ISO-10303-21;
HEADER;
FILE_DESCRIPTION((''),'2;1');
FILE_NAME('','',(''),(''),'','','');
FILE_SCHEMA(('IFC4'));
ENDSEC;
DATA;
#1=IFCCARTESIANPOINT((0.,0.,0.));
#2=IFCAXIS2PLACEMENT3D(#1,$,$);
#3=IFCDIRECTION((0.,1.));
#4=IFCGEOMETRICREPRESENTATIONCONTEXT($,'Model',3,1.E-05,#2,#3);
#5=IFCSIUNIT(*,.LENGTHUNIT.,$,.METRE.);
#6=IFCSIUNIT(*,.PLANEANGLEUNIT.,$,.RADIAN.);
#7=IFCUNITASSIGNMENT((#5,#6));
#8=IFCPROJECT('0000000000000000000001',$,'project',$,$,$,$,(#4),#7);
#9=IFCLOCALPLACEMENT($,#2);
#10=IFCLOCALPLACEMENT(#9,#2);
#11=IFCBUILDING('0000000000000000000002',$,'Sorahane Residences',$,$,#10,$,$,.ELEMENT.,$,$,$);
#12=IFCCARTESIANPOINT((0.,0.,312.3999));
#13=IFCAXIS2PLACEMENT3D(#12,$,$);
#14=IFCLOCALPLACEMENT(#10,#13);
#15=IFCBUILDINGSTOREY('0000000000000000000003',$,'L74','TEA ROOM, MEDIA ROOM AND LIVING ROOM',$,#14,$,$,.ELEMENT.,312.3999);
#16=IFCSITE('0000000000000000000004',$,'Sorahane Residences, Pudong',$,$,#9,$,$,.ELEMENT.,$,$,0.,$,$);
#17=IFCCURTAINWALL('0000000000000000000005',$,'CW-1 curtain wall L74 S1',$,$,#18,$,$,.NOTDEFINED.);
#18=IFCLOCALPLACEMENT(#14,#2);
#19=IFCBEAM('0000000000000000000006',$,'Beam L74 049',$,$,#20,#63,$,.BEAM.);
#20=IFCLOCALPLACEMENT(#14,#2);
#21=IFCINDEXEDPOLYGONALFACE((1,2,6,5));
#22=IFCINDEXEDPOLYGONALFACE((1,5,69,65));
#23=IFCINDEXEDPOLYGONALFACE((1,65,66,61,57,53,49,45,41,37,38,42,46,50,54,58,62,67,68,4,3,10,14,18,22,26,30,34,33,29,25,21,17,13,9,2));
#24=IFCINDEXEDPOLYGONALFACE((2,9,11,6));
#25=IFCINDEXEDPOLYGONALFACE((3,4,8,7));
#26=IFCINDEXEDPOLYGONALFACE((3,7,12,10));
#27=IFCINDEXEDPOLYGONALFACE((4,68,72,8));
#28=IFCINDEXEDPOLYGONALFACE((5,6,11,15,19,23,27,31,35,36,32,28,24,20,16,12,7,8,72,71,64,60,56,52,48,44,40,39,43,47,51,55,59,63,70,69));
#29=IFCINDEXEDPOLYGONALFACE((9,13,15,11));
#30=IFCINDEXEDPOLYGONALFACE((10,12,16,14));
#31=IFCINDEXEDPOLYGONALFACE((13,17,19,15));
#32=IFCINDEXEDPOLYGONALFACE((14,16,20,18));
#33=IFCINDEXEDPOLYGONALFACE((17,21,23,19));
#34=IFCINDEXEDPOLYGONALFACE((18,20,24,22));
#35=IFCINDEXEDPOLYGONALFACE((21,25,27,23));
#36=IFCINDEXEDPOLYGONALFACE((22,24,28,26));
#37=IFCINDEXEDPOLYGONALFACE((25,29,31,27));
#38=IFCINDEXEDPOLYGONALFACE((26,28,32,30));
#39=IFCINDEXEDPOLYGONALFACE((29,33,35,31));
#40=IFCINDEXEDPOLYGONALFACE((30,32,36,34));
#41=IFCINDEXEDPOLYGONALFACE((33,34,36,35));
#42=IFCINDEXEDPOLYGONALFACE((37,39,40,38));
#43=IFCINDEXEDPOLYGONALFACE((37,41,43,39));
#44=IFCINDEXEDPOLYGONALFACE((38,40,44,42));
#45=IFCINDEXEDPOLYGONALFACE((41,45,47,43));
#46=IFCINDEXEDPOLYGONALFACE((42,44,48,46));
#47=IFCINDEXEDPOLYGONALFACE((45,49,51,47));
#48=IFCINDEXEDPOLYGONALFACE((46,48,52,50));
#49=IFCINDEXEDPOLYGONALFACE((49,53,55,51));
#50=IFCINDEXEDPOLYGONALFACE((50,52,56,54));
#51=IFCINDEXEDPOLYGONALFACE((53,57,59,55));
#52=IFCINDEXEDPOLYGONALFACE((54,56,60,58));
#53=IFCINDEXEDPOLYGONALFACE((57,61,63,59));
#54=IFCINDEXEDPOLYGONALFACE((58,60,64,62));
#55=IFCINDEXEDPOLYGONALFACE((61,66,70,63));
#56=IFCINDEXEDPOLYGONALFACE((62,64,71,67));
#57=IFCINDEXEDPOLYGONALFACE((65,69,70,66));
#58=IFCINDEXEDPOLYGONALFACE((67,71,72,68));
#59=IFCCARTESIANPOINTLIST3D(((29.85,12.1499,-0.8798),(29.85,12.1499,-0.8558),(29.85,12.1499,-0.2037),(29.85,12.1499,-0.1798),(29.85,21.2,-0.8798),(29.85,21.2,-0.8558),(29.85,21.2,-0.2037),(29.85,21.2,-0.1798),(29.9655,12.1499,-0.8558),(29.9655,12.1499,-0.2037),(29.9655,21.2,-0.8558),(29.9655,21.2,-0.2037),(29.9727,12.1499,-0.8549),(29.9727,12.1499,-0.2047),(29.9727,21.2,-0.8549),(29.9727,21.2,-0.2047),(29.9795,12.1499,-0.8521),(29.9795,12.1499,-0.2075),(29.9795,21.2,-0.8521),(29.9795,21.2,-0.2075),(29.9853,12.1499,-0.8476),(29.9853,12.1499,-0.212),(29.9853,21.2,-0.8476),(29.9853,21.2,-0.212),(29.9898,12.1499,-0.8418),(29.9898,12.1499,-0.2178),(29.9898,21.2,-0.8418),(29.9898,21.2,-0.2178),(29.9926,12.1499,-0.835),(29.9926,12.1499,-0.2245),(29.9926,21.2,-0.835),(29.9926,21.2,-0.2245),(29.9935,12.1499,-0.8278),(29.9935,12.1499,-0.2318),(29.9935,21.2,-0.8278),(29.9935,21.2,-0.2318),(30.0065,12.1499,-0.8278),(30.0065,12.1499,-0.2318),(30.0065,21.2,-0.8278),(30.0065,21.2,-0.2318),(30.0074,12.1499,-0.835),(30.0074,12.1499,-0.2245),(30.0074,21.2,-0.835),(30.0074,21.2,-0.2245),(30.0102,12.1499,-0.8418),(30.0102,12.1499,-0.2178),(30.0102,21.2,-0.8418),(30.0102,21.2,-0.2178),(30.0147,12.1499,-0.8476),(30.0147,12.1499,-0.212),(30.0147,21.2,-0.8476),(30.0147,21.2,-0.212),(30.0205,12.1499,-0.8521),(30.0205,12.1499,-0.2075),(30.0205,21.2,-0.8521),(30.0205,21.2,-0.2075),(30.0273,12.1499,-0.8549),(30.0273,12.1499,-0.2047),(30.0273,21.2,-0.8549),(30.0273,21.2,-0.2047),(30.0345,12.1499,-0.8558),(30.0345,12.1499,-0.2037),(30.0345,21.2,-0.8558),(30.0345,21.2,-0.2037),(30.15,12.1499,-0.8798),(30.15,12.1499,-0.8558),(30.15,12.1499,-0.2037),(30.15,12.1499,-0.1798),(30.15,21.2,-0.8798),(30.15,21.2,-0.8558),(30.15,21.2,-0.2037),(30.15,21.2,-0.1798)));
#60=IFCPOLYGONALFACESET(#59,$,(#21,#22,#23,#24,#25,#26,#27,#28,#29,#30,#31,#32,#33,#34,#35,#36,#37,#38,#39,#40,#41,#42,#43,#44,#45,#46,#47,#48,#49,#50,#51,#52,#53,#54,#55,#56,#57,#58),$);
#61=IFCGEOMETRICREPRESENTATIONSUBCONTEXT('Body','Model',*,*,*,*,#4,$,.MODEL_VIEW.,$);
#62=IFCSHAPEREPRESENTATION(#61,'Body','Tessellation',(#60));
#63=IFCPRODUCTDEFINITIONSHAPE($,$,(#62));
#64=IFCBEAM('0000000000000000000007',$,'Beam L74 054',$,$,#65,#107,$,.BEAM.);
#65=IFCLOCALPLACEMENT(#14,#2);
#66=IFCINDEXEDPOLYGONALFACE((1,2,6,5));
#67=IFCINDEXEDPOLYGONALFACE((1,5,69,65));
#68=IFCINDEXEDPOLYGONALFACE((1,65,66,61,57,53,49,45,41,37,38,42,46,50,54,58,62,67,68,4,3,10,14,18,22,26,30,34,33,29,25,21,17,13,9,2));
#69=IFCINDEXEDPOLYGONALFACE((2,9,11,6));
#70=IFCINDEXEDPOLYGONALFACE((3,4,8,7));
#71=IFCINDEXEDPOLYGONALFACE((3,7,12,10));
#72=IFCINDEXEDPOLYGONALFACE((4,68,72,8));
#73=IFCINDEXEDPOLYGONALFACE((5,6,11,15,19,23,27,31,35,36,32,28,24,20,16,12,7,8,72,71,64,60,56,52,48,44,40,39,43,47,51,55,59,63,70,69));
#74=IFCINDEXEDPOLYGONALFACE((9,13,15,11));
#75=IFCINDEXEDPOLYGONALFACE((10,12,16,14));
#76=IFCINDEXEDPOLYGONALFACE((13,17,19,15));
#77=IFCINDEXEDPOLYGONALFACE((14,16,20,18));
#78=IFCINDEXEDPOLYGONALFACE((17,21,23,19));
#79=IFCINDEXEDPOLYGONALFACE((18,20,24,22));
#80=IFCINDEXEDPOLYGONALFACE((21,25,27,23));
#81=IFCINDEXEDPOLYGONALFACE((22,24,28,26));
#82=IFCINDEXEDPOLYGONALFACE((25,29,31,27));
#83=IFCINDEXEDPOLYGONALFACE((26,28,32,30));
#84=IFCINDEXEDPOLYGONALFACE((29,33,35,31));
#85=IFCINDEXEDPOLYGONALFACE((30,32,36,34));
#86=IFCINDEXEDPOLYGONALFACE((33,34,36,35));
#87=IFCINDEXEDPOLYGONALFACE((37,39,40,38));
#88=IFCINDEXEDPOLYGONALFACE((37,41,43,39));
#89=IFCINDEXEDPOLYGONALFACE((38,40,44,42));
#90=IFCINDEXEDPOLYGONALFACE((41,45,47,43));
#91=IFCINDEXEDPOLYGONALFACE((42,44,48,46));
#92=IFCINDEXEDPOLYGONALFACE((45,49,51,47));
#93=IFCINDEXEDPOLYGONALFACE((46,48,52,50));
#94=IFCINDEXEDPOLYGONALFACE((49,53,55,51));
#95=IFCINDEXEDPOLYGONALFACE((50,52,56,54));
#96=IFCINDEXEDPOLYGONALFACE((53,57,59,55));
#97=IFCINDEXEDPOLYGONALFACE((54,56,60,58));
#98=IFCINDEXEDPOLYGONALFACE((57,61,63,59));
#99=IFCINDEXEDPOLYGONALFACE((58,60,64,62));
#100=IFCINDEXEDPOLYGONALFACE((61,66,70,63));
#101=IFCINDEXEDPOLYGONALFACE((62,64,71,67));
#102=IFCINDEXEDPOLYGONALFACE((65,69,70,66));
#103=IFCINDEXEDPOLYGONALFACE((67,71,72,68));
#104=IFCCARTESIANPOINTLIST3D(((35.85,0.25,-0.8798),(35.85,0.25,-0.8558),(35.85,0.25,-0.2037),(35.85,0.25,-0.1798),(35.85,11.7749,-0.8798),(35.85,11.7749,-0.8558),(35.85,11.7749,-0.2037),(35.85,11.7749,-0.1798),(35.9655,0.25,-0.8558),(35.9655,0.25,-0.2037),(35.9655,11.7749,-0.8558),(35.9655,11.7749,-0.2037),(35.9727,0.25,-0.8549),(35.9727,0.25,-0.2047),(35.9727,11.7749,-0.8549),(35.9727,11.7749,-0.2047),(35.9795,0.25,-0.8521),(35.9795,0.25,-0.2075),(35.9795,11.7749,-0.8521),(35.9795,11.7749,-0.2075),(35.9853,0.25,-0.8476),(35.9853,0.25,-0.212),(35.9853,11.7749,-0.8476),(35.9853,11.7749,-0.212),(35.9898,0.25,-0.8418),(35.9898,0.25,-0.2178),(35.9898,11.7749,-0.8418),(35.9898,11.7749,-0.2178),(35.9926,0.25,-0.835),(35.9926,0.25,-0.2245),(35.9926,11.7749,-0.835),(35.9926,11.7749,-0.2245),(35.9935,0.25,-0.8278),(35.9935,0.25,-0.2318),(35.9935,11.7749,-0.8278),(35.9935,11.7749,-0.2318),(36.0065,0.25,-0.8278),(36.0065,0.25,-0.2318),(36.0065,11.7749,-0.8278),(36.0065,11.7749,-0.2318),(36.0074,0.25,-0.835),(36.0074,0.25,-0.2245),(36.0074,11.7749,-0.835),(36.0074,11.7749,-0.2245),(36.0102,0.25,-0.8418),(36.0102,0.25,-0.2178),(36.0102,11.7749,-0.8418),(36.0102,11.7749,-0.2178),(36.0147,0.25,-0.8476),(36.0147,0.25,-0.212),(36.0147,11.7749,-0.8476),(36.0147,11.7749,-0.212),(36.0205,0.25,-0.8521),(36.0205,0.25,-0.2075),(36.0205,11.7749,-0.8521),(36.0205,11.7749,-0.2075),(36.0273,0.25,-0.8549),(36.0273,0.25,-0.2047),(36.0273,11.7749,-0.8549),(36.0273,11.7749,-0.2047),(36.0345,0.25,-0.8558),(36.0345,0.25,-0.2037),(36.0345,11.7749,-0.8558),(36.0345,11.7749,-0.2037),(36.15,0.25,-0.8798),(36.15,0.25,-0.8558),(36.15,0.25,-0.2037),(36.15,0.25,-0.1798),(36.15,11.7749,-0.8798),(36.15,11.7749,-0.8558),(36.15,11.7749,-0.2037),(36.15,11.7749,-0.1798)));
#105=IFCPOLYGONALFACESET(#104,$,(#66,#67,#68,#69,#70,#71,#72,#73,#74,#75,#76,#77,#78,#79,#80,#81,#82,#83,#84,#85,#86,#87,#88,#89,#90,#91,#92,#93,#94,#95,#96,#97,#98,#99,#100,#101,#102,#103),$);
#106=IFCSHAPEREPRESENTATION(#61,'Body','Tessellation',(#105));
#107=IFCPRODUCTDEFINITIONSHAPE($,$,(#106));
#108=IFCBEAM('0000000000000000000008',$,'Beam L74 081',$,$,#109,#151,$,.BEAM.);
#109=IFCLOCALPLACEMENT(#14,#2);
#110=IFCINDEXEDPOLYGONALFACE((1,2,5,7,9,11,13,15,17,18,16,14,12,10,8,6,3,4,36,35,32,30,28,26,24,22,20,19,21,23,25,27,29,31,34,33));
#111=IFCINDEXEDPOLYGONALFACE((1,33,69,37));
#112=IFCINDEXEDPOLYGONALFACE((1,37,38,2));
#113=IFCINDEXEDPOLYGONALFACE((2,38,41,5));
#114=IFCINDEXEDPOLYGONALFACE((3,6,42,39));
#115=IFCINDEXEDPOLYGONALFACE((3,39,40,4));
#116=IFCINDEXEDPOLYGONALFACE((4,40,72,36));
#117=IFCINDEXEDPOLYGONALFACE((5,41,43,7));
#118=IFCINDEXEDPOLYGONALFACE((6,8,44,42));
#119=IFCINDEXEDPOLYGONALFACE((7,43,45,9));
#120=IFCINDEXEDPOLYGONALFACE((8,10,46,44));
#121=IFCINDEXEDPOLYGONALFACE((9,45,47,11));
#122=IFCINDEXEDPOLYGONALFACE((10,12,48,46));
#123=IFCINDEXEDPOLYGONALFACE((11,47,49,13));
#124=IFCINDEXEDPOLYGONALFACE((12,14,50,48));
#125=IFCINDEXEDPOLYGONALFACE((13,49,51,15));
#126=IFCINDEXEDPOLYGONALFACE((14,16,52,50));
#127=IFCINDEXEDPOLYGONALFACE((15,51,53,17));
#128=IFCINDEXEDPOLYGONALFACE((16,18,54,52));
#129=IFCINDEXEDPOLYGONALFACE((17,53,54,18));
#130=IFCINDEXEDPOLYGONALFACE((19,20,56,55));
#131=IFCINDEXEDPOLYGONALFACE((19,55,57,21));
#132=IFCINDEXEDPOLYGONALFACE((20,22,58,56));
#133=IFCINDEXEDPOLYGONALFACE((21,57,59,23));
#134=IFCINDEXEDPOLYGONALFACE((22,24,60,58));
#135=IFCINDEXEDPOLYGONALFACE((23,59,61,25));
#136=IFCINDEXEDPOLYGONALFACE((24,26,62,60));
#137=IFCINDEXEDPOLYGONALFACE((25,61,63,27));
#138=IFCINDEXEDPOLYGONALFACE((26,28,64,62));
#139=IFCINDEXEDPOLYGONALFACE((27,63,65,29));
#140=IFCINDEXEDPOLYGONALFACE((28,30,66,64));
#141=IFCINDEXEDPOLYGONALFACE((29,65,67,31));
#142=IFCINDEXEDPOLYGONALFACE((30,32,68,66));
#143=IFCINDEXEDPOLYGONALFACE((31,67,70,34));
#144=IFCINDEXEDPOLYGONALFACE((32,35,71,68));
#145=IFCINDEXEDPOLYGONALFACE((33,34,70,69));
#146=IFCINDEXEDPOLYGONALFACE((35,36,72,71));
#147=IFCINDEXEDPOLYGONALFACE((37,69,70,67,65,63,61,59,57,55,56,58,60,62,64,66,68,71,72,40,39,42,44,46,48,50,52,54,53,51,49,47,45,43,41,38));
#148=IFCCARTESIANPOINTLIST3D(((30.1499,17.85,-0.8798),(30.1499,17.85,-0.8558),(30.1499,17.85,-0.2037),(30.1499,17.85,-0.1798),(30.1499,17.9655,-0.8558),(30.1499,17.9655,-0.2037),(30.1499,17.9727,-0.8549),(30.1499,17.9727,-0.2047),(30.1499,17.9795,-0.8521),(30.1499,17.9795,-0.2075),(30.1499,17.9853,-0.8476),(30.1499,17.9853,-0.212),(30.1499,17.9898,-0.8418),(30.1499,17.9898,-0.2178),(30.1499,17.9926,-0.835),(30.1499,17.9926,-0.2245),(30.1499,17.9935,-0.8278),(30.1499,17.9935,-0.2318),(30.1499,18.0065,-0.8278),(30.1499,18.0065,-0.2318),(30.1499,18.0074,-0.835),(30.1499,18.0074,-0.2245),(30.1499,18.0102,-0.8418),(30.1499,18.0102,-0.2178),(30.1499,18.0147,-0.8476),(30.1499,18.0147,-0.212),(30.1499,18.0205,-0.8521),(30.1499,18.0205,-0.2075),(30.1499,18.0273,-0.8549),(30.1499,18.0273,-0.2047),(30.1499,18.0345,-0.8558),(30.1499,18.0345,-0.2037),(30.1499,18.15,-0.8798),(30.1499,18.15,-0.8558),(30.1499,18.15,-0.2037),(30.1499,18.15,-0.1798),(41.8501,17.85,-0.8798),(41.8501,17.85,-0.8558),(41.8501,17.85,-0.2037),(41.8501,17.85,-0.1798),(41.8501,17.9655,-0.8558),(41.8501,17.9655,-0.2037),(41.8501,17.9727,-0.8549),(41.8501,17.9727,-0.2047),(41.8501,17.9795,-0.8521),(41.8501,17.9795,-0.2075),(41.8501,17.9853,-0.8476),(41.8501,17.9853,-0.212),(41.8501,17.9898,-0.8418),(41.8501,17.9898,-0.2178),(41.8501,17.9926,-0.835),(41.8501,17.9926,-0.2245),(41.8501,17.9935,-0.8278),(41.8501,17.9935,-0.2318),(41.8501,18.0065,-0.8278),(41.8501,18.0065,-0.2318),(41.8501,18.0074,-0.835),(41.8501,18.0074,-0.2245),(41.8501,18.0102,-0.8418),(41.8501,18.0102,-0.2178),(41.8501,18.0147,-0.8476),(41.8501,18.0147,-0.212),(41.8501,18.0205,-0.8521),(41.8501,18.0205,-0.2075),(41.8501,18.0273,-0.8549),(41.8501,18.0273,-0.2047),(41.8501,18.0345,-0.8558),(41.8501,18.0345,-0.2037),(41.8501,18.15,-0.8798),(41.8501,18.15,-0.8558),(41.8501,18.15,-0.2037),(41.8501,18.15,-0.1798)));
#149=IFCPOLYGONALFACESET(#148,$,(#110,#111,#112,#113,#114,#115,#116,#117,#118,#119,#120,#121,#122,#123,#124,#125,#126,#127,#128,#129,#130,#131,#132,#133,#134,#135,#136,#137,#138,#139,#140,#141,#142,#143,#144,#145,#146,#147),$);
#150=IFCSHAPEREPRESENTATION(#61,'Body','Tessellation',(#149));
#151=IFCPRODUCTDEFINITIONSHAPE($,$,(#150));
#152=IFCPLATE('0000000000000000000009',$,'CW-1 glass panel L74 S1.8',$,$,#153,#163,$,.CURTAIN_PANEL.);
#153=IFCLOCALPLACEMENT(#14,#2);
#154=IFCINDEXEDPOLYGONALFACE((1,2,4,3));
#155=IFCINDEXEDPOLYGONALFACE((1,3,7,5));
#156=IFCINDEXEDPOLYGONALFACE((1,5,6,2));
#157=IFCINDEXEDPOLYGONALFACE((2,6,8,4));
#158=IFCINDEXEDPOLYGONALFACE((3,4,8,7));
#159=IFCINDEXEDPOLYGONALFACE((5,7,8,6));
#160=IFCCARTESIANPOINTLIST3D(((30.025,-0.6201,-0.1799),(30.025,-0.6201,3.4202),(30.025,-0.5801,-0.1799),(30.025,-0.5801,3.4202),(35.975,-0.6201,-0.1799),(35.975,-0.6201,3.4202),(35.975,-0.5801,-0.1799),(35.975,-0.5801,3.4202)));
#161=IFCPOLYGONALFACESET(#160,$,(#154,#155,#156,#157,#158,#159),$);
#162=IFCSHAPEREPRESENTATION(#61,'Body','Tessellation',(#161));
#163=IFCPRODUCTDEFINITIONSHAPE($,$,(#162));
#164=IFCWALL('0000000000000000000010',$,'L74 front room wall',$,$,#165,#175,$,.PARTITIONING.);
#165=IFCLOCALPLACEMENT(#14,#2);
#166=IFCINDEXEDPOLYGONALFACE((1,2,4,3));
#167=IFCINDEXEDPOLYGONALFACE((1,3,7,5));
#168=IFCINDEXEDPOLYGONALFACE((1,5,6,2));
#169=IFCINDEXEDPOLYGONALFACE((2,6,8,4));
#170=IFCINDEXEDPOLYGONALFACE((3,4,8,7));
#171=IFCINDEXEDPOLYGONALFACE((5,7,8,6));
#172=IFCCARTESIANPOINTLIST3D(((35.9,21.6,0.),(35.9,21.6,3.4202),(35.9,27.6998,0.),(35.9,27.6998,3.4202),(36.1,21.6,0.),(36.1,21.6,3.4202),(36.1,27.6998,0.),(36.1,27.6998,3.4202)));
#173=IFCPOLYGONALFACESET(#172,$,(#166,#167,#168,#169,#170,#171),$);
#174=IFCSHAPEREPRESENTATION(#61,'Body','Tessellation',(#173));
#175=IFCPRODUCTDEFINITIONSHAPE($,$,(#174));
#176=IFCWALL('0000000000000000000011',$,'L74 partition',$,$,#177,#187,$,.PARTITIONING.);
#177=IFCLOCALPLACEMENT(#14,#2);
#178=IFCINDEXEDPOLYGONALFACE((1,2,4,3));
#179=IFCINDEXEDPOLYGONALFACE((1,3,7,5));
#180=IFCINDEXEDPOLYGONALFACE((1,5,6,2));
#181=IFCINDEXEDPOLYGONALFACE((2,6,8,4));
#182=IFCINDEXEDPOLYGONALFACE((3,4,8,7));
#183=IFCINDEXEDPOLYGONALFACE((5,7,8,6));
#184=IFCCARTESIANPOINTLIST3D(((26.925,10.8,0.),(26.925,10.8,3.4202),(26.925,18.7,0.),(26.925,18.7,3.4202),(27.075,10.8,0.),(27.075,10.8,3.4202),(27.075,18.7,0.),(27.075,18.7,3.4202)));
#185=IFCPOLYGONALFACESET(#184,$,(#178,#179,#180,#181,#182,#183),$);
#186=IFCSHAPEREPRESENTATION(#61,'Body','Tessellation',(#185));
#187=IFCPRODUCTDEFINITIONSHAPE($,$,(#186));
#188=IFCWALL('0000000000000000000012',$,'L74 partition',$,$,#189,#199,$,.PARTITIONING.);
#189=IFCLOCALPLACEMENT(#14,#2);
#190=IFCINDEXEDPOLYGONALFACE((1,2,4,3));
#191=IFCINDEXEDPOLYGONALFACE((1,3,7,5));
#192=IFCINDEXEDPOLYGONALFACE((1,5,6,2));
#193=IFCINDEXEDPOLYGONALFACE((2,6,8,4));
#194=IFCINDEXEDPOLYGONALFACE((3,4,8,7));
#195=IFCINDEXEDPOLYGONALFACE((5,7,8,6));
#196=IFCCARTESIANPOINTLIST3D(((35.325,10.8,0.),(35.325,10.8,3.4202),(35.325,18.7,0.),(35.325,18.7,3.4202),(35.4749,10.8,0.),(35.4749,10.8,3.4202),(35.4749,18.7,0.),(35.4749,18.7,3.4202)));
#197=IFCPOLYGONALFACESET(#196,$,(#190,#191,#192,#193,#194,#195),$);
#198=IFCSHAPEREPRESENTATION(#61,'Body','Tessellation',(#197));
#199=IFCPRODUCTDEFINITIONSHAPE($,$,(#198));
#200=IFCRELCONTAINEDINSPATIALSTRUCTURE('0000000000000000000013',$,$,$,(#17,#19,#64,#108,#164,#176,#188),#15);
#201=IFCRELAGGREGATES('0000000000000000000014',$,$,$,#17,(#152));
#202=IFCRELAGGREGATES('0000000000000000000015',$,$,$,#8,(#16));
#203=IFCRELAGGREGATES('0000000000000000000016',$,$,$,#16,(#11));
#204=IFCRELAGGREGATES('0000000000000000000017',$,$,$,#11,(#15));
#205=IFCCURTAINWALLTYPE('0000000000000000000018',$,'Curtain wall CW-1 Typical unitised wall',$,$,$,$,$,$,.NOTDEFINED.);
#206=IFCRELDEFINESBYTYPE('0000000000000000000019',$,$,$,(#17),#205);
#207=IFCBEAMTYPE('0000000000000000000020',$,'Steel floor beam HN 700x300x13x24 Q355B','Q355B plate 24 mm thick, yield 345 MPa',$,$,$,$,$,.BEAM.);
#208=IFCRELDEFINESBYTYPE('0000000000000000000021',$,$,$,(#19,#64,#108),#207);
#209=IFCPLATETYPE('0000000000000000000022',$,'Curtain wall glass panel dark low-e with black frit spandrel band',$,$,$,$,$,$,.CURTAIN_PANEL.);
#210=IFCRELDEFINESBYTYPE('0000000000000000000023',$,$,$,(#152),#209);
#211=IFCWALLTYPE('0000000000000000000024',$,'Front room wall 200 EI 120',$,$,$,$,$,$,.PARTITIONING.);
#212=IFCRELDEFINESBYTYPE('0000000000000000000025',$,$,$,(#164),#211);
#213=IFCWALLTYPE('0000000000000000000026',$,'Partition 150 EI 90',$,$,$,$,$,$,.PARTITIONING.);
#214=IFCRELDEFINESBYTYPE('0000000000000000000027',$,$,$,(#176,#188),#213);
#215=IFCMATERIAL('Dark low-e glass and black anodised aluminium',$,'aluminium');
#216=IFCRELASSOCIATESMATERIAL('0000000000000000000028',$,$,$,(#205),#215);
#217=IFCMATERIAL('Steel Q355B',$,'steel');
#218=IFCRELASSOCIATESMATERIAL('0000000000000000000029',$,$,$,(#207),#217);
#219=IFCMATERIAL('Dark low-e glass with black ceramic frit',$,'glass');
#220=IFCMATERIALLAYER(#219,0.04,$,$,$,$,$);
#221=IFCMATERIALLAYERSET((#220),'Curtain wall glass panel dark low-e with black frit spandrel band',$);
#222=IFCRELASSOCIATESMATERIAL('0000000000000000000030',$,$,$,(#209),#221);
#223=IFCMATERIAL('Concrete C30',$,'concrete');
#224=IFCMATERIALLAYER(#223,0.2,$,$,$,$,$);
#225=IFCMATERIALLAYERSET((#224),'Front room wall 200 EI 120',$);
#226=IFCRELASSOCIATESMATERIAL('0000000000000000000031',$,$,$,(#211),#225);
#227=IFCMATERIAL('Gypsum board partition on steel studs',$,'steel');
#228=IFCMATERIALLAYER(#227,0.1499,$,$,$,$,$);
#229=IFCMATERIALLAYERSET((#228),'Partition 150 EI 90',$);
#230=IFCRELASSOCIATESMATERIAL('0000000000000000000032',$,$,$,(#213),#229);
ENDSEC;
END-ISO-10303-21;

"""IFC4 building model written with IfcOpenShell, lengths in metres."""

from ifc_helpers import new_model, si_unit, direction, frame, frame_2d, origin, origin_2d, place, context, subcontext, project, spatial, rectangle, i_section, extrude, material, layer, layer_set, material_profile, profile_set, type_object, element, aggregate, save


model = new_model("IFC4")

# Units and contexts
model_context = context("Model", 3, precision=1e-05, world=origin(), true_north=direction((0.0, 1.0)))
body_context = subcontext(model_context, "Body", "Model", "MODEL_VIEW")
ifc_project = project(units=[si_unit("LENGTHUNIT", "METRE"), si_unit("PLANEANGLEUNIT", "RADIAN")], contexts=[model_context])

# Site, building, storey
site_placement = place(None, origin())
site = spatial("IfcSite", under=ifc_project, at=site_placement, Name="Sorahane Residences, Pudong", CompositionType="ELEMENT", RefElevation=0.0)
building_placement = place(site_placement, origin())
building = spatial("IfcBuilding", under=site, at=building_placement, Name="Sorahane Residences", CompositionType="ELEMENT")
storey_placement = place(building_placement, frame((0.0, 0.0, 312.3999)))
storey = spatial("IfcBuildingStorey", under=building, at=storey_placement, Name="L74", Description="TEA ROOM, MEDIA ROOM AND LIVING ROOM", CompositionType="ELEMENT", Elevation=312.3999)

# Curtain wall
ifc_material_1 = material(Name="Dark low-e glass and black anodised aluminium", Category="aluminium")
curtain_wall_type = type_object("IfcCurtainWallType", Name="Curtain wall CW-1 Typical unitised wall", PredefinedType="NOTDEFINED", material=ifc_material_1)
curtain_wall_placement = place(storey_placement, origin())
curtain_wall = element("IfcCurtainWall", 1, at=curtain_wall_placement, inside=storey, type_object=curtain_wall_type, Name="CW-1 curtain wall L74 S1", PredefinedType="NOTDEFINED")

# Beams
ifc_material_2 = material(Name="Steel Q355B", Category="steel")
ifc_material_profile_1 = material_profile(ifc_material_2, i_section(OverallWidth=0.3, OverallDepth=0.7, WebThickness=0.0129, FlangeThickness=0.0239, FilletRadius=0.0281, at=origin_2d()), Name="HN 700x300x13x24")
ifc_profile_set_1 = profile_set([ifc_material_profile_1], Name="Steel Q355B")
beam_type_1 = type_object("IfcBeamType", Name="Steel floor beam HN 700x300x13x24 Q355B", Description="Q355B plate 24 mm thick, yield 345 MPa", PredefinedType="BEAM", material=ifc_profile_set_1)
beam_1_placement = place(storey_placement, frame((30.0, 12.1499, -0.5298), z_axis=(0.0, 1.0, 0.0), x_axis=(-1.0, 0.0, 0.0)))
element("IfcBeam", 2, at=beam_1_placement, inside=storey, type_object=beam_type_1, Name="Beam L74 049", PredefinedType="BEAM", context=body_context, shape_type="SweptSolid", body=[
    extrude(i_section(OverallWidth=0.3, OverallDepth=0.7, WebThickness=0.0129, FlangeThickness=0.0239, FilletRadius=0.0281, at=origin_2d()), origin(), (0.0, 0.0, 1.0), 9.05),
])
beam_2_placement = place(storey_placement, frame((36.0, 0.25, -0.5298), z_axis=(0.0, 1.0, 0.0), x_axis=(-1.0, 0.0, 0.0)))
element("IfcBeam", 3, at=beam_2_placement, inside=storey, type_object=beam_type_1, Name="Beam L74 054", PredefinedType="BEAM", context=body_context, shape_type="SweptSolid", body=[
    extrude(i_section(OverallWidth=0.3, OverallDepth=0.7, WebThickness=0.0129, FlangeThickness=0.0239, FilletRadius=0.0281, at=origin_2d()), origin(), (0.0, 0.0, 1.0), 11.5249),
])
beam_3_placement = place(storey_placement, frame((30.1499, 18.0, -0.5298), z_axis=(1.0, 0.0, 0.0), x_axis=(0.0, 1.0, 0.0)))
element("IfcBeam", 4, at=beam_3_placement, inside=storey, type_object=beam_type_1, Name="Beam L74 081", PredefinedType="BEAM", context=body_context, shape_type="SweptSolid", body=[
    extrude(i_section(OverallWidth=0.3, OverallDepth=0.7, WebThickness=0.0129, FlangeThickness=0.0239, FilletRadius=0.0281, at=origin_2d()), origin(), (0.0, 0.0, 1.0), 11.7002),
])

# Plate
ifc_material_3 = material(Name="Dark low-e glass with black ceramic frit", Category="glass")
ifc_layer_1 = layer(ifc_material_3, 0.04)
ifc_layer_set_1 = layer_set([ifc_layer_1], Name="Curtain wall glass panel dark low-e with black frit spandrel band")
plate_type = type_object("IfcPlateType", Name="Curtain wall glass panel dark low-e with black frit spandrel band", PredefinedType="CURTAIN_PANEL", material=ifc_layer_set_1)
plate_placement = place(storey_placement, frame((33.0, -0.6001, -0.1799), z_axis=(0.0, 0.0, 1.0), x_axis=(1.0, 0.0, 0.0)))
plate = element("IfcPlate", 5, at=plate_placement, type_object=plate_type, Name="CW-1 glass panel L74 S1.8", PredefinedType="CURTAIN_PANEL", context=body_context, shape_type="SweptSolid", body=[
    extrude(rectangle(XDim=5.95, YDim=0.04, at=origin_2d()), origin(), (0.0, 0.0, 1.0), 3.6001),
])
aggregate(curtain_wall, [plate])

# Walls
ifc_material_4 = material(Name="Concrete C30", Category="concrete")
ifc_layer_2 = layer(ifc_material_4, 0.2)
ifc_layer_set_2 = layer_set([ifc_layer_2], Name="Front room wall 200 EI 120")
wall_type_1 = type_object("IfcWallType", Name="Front room wall 200 EI 120", PredefinedType="PARTITIONING", material=ifc_layer_set_2)
wall_1_placement = place(storey_placement, frame((36.0, 21.6001, 0.0), z_axis=(0.0, 0.0, 1.0), x_axis=(0.0, 1.0, 0.0)))
element("IfcWall", 6, at=wall_1_placement, inside=storey, type_object=wall_type_1, Name="L74 front room wall", PredefinedType="PARTITIONING", context=body_context, shape_type="SweptSolid", body=[
    extrude(rectangle(XDim=6.0999, YDim=0.2, at=frame_2d((3.0498, 0.0))), origin(), (0.0, 0.0, 1.0), 3.4202),
])
ifc_material_5 = material(Name="Gypsum board partition on steel studs", Category="steel")
ifc_layer_3 = layer(ifc_material_5, 0.1499)
ifc_layer_set_3 = layer_set([ifc_layer_3], Name="Partition 150 EI 90")
wall_type_2 = type_object("IfcWallType", Name="Partition 150 EI 90", PredefinedType="PARTITIONING", material=ifc_layer_set_3)
for number, where, z_axis, x_axis, name in (
    (7, (27.0, 10.8, 0.0), (0.0, 0.0, 1.0), (0.0, 1.0, 0.0), "L74 partition"),
    (8, (35.3999, 10.8, 0.0), (0.0, 0.0, 1.0), (0.0, 1.0, 0.0), "L74 partition"),
):
    element("IfcWall", number, at=place(storey_placement, frame(where, z_axis=z_axis, x_axis=x_axis)), inside=storey, type_object=wall_type_2, Name=name, PredefinedType="PARTITIONING", context=body_context, shape_type="SweptSolid", body=[
        extrude(rectangle(XDim=7.8999, YDim=0.1499, at=frame_2d((3.95, 0.0))), origin(), (0.0, 0.0, 1.0), 3.4202),
    ])

save(model, "model.ifc")
